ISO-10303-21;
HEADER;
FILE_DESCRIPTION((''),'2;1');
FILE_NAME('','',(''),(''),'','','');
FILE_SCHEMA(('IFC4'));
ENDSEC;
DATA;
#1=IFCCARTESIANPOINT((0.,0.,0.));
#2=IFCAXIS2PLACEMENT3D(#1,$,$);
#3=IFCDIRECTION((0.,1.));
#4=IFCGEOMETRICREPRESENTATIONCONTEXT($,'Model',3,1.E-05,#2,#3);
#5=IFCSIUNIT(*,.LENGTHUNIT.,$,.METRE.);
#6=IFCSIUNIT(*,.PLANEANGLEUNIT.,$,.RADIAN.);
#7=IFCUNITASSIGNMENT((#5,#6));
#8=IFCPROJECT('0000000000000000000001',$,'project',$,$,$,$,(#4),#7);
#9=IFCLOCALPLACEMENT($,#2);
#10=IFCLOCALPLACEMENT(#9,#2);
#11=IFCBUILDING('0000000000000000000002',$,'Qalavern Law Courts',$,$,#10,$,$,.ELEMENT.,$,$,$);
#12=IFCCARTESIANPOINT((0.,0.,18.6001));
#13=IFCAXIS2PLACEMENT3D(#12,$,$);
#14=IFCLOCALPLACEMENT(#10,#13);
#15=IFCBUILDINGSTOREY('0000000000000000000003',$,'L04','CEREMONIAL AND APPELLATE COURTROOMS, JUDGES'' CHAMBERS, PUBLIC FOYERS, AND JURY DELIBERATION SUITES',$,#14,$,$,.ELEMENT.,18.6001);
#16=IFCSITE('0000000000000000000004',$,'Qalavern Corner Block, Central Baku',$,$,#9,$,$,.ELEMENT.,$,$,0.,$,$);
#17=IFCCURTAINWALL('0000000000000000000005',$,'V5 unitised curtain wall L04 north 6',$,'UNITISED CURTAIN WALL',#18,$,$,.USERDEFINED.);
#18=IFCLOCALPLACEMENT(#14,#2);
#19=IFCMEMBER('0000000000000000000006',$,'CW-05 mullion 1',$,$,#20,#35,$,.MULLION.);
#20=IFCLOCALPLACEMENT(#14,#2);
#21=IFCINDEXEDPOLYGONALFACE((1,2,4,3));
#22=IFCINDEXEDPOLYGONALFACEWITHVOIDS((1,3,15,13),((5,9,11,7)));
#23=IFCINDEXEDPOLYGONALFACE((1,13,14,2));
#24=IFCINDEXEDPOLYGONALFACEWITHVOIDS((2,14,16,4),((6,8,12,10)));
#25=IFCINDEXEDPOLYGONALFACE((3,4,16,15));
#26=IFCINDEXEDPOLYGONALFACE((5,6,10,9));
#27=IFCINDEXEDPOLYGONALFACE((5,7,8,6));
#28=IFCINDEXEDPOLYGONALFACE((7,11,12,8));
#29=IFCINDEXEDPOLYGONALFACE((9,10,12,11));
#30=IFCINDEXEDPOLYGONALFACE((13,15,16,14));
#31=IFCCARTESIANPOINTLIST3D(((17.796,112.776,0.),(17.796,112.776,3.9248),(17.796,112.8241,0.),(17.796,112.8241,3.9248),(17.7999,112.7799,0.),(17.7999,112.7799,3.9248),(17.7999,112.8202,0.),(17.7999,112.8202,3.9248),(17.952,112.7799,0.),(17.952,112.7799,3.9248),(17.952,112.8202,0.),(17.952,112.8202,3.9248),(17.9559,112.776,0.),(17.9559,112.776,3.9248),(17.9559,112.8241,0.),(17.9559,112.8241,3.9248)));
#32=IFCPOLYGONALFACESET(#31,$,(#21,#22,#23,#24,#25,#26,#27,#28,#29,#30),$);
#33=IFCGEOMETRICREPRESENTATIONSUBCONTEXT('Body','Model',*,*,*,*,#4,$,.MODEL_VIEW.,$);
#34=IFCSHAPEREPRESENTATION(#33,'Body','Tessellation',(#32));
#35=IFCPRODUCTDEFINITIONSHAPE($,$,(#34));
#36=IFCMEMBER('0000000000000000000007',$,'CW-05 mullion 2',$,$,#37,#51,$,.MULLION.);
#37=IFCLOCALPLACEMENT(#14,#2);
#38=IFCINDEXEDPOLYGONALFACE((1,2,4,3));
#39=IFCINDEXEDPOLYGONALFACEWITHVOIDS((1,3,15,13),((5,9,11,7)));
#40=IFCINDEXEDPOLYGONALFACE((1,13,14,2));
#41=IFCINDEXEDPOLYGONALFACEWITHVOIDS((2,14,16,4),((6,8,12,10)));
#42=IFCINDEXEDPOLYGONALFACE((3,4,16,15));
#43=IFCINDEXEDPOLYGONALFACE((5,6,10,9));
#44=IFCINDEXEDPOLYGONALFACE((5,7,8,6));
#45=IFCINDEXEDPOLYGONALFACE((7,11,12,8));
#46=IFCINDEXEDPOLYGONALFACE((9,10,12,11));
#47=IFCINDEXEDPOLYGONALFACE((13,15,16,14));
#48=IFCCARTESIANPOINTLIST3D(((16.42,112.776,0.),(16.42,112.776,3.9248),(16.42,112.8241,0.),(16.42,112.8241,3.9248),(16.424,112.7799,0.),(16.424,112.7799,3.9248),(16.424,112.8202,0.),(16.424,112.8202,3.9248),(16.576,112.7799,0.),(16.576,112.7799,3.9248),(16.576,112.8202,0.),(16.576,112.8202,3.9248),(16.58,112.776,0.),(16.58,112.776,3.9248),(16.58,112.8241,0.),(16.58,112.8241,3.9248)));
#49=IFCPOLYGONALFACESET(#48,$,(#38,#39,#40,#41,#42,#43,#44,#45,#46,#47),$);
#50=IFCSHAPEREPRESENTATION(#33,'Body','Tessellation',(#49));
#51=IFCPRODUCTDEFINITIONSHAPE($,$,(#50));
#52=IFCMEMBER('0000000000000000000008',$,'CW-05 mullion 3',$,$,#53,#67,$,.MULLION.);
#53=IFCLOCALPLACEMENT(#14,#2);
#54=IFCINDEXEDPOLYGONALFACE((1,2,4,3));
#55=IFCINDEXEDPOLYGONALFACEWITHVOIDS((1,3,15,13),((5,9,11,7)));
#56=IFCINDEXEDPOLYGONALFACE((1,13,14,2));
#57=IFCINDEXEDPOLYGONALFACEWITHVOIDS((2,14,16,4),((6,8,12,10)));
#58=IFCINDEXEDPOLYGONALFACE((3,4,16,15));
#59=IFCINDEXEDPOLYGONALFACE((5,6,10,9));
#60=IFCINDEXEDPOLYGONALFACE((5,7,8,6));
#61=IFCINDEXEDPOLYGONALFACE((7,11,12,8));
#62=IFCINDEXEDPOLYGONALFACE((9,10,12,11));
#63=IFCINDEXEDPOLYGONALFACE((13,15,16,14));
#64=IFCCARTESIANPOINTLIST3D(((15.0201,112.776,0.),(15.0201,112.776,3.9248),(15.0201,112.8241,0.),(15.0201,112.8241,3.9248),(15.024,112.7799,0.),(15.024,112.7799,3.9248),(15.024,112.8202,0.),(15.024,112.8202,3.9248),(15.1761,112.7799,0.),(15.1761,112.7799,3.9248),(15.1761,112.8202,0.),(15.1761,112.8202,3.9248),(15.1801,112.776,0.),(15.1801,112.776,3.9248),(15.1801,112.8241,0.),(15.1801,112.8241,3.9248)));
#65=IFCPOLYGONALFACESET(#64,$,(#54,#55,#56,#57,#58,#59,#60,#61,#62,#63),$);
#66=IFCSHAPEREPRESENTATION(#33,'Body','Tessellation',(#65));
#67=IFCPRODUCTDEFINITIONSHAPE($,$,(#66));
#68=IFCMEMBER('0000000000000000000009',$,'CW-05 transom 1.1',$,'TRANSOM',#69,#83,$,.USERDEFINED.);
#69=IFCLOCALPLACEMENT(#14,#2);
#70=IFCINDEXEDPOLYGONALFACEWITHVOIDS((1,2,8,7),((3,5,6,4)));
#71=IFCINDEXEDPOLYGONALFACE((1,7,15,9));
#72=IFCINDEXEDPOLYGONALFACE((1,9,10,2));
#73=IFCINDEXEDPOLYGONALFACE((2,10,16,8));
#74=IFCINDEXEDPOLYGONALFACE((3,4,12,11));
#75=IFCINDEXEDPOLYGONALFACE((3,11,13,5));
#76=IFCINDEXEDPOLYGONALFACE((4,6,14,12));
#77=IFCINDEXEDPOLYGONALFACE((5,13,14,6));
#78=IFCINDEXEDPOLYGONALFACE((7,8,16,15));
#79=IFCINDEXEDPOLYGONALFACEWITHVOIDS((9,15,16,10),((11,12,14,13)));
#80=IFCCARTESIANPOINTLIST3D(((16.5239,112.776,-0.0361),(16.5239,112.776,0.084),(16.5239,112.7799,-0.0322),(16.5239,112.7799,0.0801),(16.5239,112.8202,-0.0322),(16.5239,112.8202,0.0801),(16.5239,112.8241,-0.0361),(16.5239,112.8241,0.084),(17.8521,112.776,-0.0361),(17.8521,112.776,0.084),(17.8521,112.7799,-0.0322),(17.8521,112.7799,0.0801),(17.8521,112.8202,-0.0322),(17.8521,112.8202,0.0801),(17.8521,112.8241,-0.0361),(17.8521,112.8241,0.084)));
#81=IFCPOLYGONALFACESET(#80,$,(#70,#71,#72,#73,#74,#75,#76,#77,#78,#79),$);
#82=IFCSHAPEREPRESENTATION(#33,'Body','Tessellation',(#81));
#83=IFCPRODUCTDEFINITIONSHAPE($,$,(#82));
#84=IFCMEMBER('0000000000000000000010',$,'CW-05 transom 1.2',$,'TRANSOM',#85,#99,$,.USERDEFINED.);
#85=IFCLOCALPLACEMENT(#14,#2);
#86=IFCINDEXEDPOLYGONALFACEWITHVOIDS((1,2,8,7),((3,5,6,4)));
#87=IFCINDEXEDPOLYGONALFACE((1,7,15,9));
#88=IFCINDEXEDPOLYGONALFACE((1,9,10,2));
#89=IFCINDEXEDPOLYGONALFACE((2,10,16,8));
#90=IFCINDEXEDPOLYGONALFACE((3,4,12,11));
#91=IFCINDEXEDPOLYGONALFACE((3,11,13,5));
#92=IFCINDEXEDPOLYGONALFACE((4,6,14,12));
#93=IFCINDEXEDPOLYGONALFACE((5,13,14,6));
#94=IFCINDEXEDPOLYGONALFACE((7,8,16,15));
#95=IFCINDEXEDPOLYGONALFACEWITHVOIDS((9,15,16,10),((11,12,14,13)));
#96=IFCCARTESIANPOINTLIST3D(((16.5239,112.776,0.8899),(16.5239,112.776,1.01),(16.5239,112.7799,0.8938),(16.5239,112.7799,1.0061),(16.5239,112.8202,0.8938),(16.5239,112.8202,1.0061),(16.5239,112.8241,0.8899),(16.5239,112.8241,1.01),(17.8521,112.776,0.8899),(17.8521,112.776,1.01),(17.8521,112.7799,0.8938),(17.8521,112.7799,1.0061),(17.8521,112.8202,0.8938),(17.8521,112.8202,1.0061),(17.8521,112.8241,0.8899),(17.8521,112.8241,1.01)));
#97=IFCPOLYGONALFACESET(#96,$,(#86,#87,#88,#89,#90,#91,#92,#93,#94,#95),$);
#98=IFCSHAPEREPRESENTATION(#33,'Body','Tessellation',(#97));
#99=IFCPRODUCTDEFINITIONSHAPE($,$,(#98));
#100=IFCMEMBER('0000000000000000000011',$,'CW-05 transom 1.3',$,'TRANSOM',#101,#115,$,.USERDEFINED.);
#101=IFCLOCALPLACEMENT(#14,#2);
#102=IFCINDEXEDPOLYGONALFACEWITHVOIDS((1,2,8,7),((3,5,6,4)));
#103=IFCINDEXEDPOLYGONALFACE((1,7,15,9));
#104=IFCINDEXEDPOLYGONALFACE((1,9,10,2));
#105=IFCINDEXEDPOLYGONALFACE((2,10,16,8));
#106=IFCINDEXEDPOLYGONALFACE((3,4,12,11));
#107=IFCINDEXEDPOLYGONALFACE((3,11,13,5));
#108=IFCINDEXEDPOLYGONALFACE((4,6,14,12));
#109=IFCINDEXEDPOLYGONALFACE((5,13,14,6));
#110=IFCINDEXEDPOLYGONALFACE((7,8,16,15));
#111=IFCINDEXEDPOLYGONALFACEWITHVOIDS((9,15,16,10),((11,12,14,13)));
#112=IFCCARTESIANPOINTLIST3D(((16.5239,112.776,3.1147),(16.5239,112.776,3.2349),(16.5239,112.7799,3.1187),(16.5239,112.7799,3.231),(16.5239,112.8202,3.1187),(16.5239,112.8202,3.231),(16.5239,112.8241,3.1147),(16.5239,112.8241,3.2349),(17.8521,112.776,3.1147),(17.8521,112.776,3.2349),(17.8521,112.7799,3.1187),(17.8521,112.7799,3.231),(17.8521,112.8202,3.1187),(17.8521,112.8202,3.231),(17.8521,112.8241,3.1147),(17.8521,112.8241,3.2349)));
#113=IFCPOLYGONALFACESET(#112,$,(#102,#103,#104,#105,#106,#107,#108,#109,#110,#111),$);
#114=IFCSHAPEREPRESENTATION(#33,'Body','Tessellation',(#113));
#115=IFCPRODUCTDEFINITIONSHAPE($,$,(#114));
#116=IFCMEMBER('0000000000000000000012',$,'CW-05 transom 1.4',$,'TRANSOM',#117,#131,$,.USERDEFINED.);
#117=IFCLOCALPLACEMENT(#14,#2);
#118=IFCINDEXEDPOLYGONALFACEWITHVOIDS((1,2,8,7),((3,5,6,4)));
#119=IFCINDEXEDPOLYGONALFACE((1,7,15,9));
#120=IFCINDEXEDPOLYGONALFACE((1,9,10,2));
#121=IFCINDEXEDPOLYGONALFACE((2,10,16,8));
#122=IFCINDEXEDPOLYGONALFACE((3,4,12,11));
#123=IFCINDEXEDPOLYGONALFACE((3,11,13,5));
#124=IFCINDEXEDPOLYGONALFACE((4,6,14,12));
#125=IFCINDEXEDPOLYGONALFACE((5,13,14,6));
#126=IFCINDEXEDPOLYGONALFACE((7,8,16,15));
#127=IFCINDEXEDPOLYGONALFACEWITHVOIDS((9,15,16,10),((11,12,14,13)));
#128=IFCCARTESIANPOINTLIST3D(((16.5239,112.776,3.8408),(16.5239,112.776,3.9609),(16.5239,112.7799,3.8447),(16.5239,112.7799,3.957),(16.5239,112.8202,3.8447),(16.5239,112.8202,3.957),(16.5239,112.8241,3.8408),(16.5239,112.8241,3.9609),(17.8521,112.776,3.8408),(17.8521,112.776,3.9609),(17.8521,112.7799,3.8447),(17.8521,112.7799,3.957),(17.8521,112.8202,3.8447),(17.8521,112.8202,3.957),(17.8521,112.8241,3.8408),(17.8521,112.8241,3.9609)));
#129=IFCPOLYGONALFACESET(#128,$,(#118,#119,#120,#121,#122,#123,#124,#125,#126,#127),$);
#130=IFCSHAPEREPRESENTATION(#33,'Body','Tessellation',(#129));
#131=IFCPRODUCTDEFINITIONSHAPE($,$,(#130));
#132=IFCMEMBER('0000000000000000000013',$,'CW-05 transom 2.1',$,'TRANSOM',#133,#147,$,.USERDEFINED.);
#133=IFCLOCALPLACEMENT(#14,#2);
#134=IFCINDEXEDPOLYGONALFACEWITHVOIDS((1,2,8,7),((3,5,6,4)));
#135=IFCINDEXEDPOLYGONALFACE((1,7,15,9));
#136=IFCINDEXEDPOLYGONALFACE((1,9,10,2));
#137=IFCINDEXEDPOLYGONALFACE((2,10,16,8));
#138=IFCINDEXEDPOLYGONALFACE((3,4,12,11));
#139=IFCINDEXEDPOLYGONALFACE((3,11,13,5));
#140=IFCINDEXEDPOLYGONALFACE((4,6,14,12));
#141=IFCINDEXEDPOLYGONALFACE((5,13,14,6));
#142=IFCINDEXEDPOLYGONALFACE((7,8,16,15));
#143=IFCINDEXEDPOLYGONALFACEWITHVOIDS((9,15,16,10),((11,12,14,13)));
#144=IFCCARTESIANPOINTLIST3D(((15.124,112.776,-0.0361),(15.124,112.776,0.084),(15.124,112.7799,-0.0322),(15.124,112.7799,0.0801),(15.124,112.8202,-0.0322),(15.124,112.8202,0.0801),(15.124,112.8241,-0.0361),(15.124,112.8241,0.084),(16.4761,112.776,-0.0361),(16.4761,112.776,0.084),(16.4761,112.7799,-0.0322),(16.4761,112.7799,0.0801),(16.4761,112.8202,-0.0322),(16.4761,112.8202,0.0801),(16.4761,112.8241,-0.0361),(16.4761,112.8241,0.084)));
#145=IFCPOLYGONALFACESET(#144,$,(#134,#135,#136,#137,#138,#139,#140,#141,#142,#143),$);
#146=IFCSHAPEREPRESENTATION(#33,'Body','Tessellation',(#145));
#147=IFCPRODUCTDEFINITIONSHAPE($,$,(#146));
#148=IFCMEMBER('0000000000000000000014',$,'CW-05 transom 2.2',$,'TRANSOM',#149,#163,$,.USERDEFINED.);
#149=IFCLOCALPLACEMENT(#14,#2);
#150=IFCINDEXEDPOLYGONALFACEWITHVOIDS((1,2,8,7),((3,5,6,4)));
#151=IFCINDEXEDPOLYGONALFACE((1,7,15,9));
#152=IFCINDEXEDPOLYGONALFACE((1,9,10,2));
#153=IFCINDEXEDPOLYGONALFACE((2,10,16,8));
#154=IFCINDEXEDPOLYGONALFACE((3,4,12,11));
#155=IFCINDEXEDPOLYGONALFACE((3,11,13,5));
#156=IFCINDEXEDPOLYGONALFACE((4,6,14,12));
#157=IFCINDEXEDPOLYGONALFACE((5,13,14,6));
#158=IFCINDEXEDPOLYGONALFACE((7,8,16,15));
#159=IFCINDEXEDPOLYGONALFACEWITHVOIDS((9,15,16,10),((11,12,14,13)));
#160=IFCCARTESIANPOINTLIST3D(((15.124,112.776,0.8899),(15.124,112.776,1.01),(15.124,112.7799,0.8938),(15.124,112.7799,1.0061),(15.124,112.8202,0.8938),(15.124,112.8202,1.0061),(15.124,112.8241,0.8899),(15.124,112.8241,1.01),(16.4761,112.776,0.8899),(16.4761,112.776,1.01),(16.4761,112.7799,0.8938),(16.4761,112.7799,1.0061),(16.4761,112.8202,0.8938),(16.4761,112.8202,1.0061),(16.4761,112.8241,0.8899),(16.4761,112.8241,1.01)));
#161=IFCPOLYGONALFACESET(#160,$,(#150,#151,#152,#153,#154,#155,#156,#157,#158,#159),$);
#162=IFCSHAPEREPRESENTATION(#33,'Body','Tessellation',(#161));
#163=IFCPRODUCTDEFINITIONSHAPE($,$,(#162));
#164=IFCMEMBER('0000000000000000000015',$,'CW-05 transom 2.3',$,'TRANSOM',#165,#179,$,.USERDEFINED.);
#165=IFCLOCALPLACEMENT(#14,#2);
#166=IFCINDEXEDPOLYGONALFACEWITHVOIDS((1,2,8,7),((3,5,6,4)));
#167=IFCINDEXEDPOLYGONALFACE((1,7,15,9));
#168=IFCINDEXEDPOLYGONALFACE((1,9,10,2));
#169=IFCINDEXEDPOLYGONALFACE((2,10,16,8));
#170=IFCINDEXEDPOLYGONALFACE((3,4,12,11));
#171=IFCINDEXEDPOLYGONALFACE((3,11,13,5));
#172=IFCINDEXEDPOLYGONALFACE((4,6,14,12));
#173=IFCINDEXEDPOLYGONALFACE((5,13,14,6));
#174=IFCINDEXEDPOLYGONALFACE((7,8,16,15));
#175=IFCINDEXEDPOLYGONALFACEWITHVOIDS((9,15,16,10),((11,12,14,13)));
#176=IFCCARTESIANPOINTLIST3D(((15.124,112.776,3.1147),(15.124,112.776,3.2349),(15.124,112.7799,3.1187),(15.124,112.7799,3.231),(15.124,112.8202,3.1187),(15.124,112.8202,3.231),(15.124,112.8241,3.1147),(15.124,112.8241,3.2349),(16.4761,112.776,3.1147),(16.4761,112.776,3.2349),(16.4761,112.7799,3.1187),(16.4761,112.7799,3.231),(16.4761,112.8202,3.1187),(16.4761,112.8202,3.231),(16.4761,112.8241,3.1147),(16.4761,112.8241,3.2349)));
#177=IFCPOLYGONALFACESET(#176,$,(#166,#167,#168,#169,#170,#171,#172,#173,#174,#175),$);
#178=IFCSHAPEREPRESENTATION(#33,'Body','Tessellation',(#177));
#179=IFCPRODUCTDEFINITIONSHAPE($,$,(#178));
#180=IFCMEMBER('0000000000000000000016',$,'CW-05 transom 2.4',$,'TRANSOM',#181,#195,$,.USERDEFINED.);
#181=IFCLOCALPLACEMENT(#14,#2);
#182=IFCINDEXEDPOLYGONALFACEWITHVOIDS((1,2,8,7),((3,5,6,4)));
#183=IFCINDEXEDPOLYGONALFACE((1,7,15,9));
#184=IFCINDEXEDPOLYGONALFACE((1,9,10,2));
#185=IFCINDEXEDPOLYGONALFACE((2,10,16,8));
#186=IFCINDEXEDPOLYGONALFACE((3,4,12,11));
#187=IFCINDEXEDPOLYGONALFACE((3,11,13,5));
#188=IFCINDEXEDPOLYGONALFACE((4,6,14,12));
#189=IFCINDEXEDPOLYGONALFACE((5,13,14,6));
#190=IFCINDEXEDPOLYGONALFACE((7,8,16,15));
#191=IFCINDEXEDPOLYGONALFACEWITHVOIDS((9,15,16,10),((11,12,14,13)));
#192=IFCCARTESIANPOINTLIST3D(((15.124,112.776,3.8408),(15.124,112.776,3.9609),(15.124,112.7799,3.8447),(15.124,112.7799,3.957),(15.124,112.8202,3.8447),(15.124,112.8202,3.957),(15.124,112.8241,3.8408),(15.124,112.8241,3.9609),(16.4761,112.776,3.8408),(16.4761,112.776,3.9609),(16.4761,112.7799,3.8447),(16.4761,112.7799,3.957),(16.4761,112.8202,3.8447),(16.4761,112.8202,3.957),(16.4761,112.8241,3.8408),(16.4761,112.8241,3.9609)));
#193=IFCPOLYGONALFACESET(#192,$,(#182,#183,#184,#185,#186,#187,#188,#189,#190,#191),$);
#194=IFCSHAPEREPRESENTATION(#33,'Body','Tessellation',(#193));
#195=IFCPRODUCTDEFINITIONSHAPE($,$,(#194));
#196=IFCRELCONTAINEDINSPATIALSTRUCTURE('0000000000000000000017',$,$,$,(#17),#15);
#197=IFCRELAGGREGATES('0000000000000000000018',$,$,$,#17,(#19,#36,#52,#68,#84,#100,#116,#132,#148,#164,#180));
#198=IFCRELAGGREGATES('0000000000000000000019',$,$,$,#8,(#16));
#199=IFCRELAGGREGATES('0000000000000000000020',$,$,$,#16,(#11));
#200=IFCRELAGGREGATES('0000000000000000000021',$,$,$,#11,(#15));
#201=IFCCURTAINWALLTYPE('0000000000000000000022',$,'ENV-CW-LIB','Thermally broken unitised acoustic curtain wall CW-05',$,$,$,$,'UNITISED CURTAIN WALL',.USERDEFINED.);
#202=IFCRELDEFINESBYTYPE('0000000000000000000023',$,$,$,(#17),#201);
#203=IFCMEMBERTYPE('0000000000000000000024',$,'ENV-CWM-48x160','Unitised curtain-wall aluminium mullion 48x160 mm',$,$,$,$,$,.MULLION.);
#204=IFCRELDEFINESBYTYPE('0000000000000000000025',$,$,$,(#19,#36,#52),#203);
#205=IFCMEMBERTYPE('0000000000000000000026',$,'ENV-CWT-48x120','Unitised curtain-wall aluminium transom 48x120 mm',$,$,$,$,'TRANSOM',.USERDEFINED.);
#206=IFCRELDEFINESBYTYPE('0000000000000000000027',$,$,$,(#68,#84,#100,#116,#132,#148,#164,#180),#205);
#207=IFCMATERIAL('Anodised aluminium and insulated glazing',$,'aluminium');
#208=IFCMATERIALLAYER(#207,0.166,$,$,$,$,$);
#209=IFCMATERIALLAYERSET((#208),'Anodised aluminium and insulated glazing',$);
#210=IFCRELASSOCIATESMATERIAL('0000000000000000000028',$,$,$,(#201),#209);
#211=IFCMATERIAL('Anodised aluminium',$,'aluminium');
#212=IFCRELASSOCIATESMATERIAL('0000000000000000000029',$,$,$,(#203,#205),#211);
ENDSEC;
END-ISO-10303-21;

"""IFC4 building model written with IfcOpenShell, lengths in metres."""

from ifc_helpers import new_model, si_unit, direction, frame, origin, origin_2d, place, context, subcontext, project, spatial, hollow_rectangle, extrude, material, layer, layer_set, material_profile, profile_set, type_object, element, aggregate, save


model = new_model("IFC4")

# Units and contexts
model_context = context("Model", 3, precision=1e-05, world=origin(), true_north=direction((0.0, 1.0)))
body_context = subcontext(model_context, "Body", "Model", "MODEL_VIEW")
ifc_project = project(units=[si_unit("LENGTHUNIT", "METRE"), si_unit("PLANEANGLEUNIT", "RADIAN")], contexts=[model_context])

# Site, building, storey
site_placement = place(None, origin())
site = spatial("IfcSite", under=ifc_project, at=site_placement, Name="Qalavern Corner Block, Central Baku", CompositionType="ELEMENT", RefElevation=0.0)
building_placement = place(site_placement, origin())
building = spatial("IfcBuilding", under=site, at=building_placement, Name="Qalavern Law Courts", CompositionType="ELEMENT")
storey_placement = place(building_placement, frame((0.0, 0.0, 18.6001)))
storey = spatial("IfcBuildingStorey", under=building, at=storey_placement, Name="L04", Description="CEREMONIAL AND APPELLATE COURTROOMS, JUDGES' CHAMBERS, PUBLIC FOYERS, AND JURY DELIBERATION SUITES", CompositionType="ELEMENT", Elevation=18.6001)

# Curtain wall, members
ifc_material_1 = material(Name="Anodised aluminium and insulated glazing", Category="aluminium")
ifc_layer_1 = layer(ifc_material_1, 0.166)
ifc_layer_set_1 = layer_set([ifc_layer_1], Name="Anodised aluminium and insulated glazing")
curtain_wall_type = type_object("IfcCurtainWallType", Name="ENV-CW-LIB", Description="Thermally broken unitised acoustic curtain wall CW-05", ElementType="UNITISED CURTAIN WALL", PredefinedType="USERDEFINED", material=ifc_layer_set_1)
curtain_wall_placement = place(storey_placement, origin())
curtain_wall = element("IfcCurtainWall", 1, at=curtain_wall_placement, inside=storey, type_object=curtain_wall_type, Name="V5 unitised curtain wall L04 north 6", ObjectType="UNITISED CURTAIN WALL", PredefinedType="USERDEFINED")
ifc_material_2 = material(Name="Anodised aluminium", Category="aluminium")
ifc_material_profile_1 = material_profile(ifc_material_2, hollow_rectangle(XDim=0.0481, YDim=0.1599, WallThickness=0.0039, at=origin_2d()), Name="ALU MULLION 48x160")
ifc_profile_set_1 = profile_set([ifc_material_profile_1], Name="Anodised aluminium")
member_type_1 = type_object("IfcMemberType", Name="ENV-CWM-48x160", Description="Unitised curtain-wall aluminium mullion 48x160 mm", PredefinedType="MULLION", material=ifc_profile_set_1)
member_1_placement = place(storey_placement, frame((17.876, 112.8, 0.0), z_axis=(0.0, 0.0, 1.0), x_axis=(0.0, -1.0, 0.0)))
member_1 = element("IfcMember", 2, at=member_1_placement, type_object=member_type_1, Name="CW-05 mullion 1", PredefinedType="MULLION", context=body_context, shape_type="SweptSolid", body=[
    extrude(hollow_rectangle(XDim=0.0481, YDim=0.1599, WallThickness=0.0039, at=origin_2d()), origin(), (0.0, 0.0, 1.0), 3.9248),
])
member_2_placement = place(storey_placement, frame((16.5, 112.8, 0.0), z_axis=(0.0, 0.0, 1.0), x_axis=(0.0, -1.0, 0.0)))
member_2 = element("IfcMember", 3, at=member_2_placement, type_object=member_type_1, Name="CW-05 mullion 2", PredefinedType="MULLION", context=body_context, shape_type="SweptSolid", body=[
    extrude(hollow_rectangle(XDim=0.0481, YDim=0.1599, WallThickness=0.0039, at=origin_2d()), origin(), (0.0, 0.0, 1.0), 3.9248),
])
member_3_placement = place(storey_placement, frame((15.1001, 112.8, 0.0), z_axis=(0.0, 0.0, 1.0), x_axis=(0.0, -1.0, 0.0)))
member_3 = element("IfcMember", 4, at=member_3_placement, type_object=member_type_1, Name="CW-05 mullion 3", PredefinedType="MULLION", context=body_context, shape_type="SweptSolid", body=[
    extrude(hollow_rectangle(XDim=0.0481, YDim=0.1599, WallThickness=0.0039, at=origin_2d()), origin(), (0.0, 0.0, 1.0), 3.9248),
])
ifc_material_profile_2 = material_profile(ifc_material_2, hollow_rectangle(XDim=0.0481, YDim=0.1201, WallThickness=0.0039, at=origin_2d()), Name="ALU TRANSOM 48x120")
ifc_profile_set_2 = profile_set([ifc_material_profile_2], Name="Anodised aluminium")
member_type_2 = type_object("IfcMemberType", Name="ENV-CWT-48x120", Description="Unitised curtain-wall aluminium transom 48x120 mm", ElementType="TRANSOM", PredefinedType="USERDEFINED", material=ifc_profile_set_2)
member_4_placement = place(storey_placement, frame((17.8521, 112.8, 0.0239), z_axis=(-1.0, 0.0, 0.0), x_axis=(0.0, -1.0, 0.0)))
member_4 = element("IfcMember", 5, at=member_4_placement, type_object=member_type_2, Name="CW-05 transom 1.1", ObjectType="TRANSOM", PredefinedType="USERDEFINED", context=body_context, shape_type="SweptSolid", body=[
    extrude(hollow_rectangle(XDim=0.0481, YDim=0.1201, WallThickness=0.0039, at=origin_2d()), origin(), (0.0, 0.0, 1.0), 1.3281),
])
member_5_placement = place(storey_placement, frame((17.8521, 112.8, 0.95), z_axis=(-1.0, 0.0, 0.0), x_axis=(0.0, -1.0, 0.0)))
member_5 = element("IfcMember", 6, at=member_5_placement, type_object=member_type_2, Name="CW-05 transom 1.2", ObjectType="TRANSOM", PredefinedType="USERDEFINED", context=body_context, shape_type="SweptSolid", body=[
    extrude(hollow_rectangle(XDim=0.0481, YDim=0.1201, WallThickness=0.0039, at=origin_2d()), origin(), (0.0, 0.0, 1.0), 1.3281),
])
member_6_placement = place(storey_placement, frame((17.8521, 112.8, 3.1748), z_axis=(-1.0, 0.0, 0.0), x_axis=(0.0, -1.0, 0.0)))
member_6 = element("IfcMember", 7, at=member_6_placement, type_object=member_type_2, Name="CW-05 transom 1.3", ObjectType="TRANSOM", PredefinedType="USERDEFINED", context=body_context, shape_type="SweptSolid", body=[
    extrude(hollow_rectangle(XDim=0.0481, YDim=0.1201, WallThickness=0.0039, at=origin_2d()), origin(), (0.0, 0.0, 1.0), 1.3281),
])
member_7_placement = place(storey_placement, frame((17.8521, 112.8, 3.9009), z_axis=(-1.0, 0.0, 0.0), x_axis=(0.0, -1.0, 0.0)))
member_7 = element("IfcMember", 8, at=member_7_placement, type_object=member_type_2, Name="CW-05 transom 1.4", ObjectType="TRANSOM", PredefinedType="USERDEFINED", context=body_context, shape_type="SweptSolid", body=[
    extrude(hollow_rectangle(XDim=0.0481, YDim=0.1201, WallThickness=0.0039, at=origin_2d()), origin(), (0.0, 0.0, 1.0), 1.3281),
])
member_8_placement = place(storey_placement, frame((16.4761, 112.8, 0.0239), z_axis=(-1.0, 0.0, 0.0), x_axis=(0.0, -1.0, 0.0)))
member_8 = element("IfcMember", 9, at=member_8_placement, type_object=member_type_2, Name="CW-05 transom 2.1", ObjectType="TRANSOM", PredefinedType="USERDEFINED", context=body_context, shape_type="SweptSolid", body=[
    extrude(hollow_rectangle(XDim=0.0481, YDim=0.1201, WallThickness=0.0039, at=origin_2d()), origin(), (0.0, 0.0, 1.0), 1.3521),
])
member_9_placement = place(storey_placement, frame((16.4761, 112.8, 0.95), z_axis=(-1.0, 0.0, 0.0), x_axis=(0.0, -1.0, 0.0)))
member_9 = element("IfcMember", 10, at=member_9_placement, type_object=member_type_2, Name="CW-05 transom 2.2", ObjectType="TRANSOM", PredefinedType="USERDEFINED", context=body_context, shape_type="SweptSolid", body=[
    extrude(hollow_rectangle(XDim=0.0481, YDim=0.1201, WallThickness=0.0039, at=origin_2d()), origin(), (0.0, 0.0, 1.0), 1.3521),
])
member_10_placement = place(storey_placement, frame((16.4761, 112.8, 3.1748), z_axis=(-1.0, 0.0, 0.0), x_axis=(0.0, -1.0, 0.0)))
member_10 = element("IfcMember", 11, at=member_10_placement, type_object=member_type_2, Name="CW-05 transom 2.3", ObjectType="TRANSOM", PredefinedType="USERDEFINED", context=body_context, shape_type="SweptSolid", body=[
    extrude(hollow_rectangle(XDim=0.0481, YDim=0.1201, WallThickness=0.0039, at=origin_2d()), origin(), (0.0, 0.0, 1.0), 1.3521),
])
member_11_placement = place(storey_placement, frame((16.4761, 112.8, 3.9009), z_axis=(-1.0, 0.0, 0.0), x_axis=(0.0, -1.0, 0.0)))
member_11 = element("IfcMember", 12, at=member_11_placement, type_object=member_type_2, Name="CW-05 transom 2.4", ObjectType="TRANSOM", PredefinedType="USERDEFINED", context=body_context, shape_type="SweptSolid", body=[
    extrude(hollow_rectangle(XDim=0.0481, YDim=0.1201, WallThickness=0.0039, at=origin_2d()), origin(), (0.0, 0.0, 1.0), 1.3521),
])
aggregate(curtain_wall, [member_1, member_2, member_3, member_4, member_5, member_6, member_7, member_8, member_9, member_10, member_11])

save(model, "model.ifc")
